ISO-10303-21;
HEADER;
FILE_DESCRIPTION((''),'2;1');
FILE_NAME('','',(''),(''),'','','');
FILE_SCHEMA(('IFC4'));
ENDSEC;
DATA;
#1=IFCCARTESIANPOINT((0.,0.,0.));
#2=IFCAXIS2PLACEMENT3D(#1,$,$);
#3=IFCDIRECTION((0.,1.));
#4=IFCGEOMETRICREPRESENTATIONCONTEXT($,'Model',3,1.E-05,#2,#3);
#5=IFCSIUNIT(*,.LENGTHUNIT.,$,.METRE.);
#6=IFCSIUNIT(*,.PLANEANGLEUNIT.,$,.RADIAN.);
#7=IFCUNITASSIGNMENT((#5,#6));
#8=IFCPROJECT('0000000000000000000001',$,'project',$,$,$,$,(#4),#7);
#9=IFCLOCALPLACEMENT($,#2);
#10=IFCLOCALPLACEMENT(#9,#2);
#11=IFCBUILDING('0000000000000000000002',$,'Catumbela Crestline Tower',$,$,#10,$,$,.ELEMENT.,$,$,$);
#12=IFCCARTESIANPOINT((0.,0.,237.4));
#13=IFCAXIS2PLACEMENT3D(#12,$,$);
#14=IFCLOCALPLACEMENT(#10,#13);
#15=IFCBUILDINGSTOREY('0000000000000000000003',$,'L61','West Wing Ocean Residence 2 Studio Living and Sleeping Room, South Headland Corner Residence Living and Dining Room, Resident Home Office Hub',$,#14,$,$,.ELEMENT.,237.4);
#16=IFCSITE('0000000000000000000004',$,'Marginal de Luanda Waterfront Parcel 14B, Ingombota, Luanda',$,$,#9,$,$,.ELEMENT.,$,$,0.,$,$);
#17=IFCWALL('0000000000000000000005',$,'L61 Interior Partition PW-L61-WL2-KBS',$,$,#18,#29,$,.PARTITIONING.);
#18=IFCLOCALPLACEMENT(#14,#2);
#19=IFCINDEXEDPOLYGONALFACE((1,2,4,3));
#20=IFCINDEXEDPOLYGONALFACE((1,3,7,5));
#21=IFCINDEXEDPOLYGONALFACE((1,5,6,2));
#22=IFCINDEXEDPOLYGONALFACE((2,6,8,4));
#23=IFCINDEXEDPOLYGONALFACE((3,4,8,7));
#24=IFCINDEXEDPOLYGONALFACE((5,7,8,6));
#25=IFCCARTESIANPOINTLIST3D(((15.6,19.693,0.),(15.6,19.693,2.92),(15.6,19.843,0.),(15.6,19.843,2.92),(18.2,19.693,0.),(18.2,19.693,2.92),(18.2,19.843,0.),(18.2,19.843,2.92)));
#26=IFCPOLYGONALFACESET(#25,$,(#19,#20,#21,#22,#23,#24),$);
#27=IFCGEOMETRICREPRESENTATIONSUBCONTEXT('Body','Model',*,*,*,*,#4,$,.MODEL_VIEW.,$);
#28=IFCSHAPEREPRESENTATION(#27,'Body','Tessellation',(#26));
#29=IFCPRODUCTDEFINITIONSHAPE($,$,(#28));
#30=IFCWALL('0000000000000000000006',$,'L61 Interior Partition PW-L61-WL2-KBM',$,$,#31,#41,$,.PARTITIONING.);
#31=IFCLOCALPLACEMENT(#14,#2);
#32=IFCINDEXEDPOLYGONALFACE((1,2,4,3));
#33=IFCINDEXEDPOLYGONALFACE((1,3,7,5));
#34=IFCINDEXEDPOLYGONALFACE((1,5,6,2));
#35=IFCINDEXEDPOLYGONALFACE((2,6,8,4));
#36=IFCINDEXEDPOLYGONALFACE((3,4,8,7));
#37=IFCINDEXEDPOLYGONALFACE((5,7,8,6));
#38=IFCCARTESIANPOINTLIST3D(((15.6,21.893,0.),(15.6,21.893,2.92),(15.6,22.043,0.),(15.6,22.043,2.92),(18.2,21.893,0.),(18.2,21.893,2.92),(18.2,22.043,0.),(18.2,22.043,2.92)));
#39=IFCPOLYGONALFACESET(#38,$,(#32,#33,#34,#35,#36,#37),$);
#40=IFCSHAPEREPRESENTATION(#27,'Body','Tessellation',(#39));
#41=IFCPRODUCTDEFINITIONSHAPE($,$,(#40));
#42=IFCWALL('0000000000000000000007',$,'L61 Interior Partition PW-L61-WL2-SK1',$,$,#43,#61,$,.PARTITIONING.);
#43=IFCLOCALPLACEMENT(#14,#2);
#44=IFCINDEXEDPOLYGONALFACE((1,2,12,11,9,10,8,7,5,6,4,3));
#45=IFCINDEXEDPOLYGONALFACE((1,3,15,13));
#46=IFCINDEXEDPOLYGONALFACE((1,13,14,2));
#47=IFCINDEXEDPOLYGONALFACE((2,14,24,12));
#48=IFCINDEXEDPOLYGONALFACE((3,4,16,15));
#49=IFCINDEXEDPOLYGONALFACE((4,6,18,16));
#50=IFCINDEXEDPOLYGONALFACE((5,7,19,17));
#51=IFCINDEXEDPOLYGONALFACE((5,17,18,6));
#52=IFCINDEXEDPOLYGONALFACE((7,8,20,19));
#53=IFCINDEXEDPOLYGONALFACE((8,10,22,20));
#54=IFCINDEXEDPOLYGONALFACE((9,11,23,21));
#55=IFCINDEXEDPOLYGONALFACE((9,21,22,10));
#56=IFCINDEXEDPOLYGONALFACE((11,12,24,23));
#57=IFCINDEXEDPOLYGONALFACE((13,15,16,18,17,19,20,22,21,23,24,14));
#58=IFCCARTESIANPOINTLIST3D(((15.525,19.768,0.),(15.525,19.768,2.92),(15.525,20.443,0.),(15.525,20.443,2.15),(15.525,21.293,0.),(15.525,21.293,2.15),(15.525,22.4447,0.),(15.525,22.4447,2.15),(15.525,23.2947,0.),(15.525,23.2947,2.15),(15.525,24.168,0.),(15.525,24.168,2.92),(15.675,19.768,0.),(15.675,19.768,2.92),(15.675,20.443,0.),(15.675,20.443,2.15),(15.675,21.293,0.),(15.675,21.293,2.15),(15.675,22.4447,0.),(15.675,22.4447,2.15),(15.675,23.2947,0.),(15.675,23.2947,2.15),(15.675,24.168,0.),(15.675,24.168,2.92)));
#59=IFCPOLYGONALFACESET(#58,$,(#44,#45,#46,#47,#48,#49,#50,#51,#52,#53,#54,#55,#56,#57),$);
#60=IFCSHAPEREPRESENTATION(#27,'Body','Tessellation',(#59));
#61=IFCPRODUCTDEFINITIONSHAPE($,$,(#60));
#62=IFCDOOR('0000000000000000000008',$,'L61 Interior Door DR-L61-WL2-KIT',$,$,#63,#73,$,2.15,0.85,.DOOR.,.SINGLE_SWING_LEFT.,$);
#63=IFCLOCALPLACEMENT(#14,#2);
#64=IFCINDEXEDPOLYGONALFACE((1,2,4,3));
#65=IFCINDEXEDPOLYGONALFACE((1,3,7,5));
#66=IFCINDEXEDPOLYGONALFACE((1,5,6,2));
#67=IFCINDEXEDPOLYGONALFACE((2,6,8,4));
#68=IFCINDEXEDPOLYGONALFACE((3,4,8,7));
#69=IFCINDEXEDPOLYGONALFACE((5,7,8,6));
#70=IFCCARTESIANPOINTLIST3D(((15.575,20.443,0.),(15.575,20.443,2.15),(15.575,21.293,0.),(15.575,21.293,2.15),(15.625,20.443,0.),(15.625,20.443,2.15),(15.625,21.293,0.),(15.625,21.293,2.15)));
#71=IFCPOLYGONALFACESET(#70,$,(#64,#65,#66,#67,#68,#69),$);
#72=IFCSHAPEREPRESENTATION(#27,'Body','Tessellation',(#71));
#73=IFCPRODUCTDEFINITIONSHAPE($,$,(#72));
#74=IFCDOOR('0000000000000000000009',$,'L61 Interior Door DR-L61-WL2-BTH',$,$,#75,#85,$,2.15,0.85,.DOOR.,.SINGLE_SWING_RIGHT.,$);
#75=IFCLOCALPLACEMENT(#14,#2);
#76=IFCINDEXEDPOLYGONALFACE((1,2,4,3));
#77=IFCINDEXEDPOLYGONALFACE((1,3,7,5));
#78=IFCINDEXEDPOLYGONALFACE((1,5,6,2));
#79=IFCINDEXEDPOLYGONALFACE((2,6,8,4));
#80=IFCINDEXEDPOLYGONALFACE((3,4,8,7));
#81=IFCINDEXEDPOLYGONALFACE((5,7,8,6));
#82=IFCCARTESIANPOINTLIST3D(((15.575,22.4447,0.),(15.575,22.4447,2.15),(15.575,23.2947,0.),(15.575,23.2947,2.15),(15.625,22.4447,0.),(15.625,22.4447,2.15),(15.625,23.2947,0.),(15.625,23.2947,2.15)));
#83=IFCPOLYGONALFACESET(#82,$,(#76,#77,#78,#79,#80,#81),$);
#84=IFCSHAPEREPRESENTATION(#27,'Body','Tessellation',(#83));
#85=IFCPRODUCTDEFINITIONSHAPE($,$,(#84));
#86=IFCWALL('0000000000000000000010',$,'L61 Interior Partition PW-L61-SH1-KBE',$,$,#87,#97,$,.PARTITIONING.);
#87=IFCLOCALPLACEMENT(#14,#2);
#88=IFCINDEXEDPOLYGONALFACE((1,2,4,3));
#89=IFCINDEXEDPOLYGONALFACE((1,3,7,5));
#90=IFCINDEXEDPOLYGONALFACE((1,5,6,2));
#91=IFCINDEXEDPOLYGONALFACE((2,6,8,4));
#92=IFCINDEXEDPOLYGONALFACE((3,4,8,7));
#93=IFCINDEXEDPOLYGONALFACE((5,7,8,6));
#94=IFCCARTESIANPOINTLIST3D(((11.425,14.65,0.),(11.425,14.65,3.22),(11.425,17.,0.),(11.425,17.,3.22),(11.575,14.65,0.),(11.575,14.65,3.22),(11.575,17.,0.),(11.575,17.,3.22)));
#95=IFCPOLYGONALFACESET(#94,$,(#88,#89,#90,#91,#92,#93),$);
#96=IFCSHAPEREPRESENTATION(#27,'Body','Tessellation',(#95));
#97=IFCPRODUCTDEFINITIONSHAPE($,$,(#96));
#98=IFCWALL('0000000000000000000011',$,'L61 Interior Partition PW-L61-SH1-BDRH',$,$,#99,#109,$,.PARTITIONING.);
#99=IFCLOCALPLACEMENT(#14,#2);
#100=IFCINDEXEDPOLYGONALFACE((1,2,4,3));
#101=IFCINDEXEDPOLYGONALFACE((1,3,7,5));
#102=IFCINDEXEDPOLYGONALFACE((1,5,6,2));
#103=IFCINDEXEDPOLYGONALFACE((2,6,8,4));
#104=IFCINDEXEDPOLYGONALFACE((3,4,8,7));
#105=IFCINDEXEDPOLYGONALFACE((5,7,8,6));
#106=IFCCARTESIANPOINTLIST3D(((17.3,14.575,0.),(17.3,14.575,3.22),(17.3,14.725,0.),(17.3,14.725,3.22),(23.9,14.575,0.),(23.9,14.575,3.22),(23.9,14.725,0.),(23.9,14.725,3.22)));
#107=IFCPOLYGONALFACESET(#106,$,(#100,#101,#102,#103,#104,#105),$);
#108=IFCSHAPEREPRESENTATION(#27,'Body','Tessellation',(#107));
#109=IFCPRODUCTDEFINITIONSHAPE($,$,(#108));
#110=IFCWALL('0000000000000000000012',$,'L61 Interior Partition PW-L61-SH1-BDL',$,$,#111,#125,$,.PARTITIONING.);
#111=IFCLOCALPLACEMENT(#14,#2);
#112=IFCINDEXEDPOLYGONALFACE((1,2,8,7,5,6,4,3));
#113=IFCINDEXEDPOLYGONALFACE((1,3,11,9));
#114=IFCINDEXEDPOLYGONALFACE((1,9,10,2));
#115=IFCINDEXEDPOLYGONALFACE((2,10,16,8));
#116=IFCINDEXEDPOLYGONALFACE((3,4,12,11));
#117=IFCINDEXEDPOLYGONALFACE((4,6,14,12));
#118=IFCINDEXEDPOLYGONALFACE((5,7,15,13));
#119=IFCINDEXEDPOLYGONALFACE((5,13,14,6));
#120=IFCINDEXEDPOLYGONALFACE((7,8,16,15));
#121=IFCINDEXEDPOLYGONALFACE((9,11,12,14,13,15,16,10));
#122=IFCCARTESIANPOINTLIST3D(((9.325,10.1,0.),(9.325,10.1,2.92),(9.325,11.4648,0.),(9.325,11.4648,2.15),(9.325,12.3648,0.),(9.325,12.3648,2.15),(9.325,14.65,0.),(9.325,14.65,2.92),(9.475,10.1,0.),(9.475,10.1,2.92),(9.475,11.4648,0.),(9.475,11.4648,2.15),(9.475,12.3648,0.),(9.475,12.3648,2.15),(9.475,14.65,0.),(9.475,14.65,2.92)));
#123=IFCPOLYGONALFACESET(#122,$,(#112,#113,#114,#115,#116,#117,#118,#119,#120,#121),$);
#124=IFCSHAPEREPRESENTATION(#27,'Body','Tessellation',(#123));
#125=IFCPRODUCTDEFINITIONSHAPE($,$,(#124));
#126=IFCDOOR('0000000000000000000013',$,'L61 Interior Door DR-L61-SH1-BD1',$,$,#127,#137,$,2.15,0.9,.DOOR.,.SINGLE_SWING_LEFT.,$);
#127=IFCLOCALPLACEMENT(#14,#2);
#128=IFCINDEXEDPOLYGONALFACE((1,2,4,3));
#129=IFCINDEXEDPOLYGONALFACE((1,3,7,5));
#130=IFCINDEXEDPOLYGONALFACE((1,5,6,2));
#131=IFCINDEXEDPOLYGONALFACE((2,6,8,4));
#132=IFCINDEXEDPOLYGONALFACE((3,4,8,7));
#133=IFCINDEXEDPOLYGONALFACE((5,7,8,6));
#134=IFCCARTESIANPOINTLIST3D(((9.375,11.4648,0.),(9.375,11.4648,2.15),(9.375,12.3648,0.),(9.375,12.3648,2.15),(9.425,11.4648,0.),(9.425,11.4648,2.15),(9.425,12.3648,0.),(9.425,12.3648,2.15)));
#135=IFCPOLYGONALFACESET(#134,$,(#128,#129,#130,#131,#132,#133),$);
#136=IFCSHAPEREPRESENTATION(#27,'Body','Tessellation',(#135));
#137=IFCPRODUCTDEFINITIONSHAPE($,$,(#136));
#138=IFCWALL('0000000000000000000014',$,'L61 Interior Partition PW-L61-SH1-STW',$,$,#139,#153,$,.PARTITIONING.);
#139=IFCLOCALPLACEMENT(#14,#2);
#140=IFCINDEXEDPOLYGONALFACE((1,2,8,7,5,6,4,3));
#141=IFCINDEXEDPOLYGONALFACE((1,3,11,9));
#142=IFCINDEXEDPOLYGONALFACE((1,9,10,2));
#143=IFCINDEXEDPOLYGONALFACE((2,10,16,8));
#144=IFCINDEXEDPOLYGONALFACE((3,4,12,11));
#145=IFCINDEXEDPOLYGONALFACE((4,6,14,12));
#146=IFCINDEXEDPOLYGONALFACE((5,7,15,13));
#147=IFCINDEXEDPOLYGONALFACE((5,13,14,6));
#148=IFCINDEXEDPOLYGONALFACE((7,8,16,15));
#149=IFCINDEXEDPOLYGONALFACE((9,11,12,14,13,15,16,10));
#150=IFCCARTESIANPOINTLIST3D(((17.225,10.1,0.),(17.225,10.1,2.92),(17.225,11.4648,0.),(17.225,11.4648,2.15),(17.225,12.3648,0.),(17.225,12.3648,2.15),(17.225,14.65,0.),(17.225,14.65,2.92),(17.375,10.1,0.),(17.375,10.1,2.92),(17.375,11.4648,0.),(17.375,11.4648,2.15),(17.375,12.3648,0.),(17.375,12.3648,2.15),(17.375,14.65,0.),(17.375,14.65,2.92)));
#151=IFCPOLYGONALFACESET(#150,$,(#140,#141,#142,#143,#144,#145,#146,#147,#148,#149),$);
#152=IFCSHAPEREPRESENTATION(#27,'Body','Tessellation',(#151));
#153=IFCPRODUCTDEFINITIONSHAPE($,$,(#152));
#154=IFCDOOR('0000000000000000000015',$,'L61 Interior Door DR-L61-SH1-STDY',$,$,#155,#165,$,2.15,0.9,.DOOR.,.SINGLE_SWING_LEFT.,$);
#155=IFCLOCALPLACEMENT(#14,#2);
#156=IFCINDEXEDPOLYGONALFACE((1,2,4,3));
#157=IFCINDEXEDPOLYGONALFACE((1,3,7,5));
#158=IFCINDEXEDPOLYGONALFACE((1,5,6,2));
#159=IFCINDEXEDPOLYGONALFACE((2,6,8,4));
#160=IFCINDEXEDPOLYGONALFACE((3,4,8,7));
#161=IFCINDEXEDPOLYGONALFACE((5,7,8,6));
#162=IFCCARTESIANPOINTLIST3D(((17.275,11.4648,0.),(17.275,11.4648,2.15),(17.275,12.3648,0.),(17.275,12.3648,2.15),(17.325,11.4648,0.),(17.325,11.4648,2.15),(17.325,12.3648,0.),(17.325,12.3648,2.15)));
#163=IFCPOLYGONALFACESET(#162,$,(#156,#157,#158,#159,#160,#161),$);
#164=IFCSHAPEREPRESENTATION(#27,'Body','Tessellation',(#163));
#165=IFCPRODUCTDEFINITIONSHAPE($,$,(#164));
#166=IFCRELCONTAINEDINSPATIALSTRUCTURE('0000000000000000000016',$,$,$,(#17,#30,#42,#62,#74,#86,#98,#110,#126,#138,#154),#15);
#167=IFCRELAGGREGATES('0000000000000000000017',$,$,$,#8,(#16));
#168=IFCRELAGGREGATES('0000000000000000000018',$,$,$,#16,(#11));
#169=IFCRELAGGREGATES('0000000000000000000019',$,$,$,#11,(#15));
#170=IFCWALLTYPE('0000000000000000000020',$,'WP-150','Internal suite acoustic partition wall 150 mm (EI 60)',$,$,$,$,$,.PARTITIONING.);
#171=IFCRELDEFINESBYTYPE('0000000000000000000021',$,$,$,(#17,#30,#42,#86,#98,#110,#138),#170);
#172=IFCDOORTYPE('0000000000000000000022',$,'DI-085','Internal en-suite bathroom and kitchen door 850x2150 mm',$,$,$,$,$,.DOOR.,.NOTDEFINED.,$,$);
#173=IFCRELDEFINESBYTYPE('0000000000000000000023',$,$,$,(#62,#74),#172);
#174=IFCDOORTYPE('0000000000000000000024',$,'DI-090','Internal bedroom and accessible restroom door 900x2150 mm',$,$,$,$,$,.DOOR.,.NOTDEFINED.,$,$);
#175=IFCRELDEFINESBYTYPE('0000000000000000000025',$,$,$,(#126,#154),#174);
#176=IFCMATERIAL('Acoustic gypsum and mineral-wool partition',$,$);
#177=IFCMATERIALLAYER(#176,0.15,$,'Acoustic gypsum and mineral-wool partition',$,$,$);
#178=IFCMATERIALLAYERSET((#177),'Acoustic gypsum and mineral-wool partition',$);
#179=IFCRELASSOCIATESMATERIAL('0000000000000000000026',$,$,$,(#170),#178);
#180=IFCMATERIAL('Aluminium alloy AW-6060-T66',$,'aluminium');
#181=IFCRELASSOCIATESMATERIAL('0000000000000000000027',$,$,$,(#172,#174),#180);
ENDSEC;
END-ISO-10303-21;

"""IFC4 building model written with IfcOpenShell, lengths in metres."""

from ifc_helpers import new_model, si_unit, direction, frame, frame_2d, origin, place, context, subcontext, project, spatial, rectangle, extrude, material, layer, layer_set, type_object, element, fill, save


model = new_model("IFC4")

# Units and contexts
model_context = context("Model", 3, precision=1e-05, world=origin(), true_north=direction((0.0, 1.0)))
body_context = subcontext(model_context, "Body", "Model", "MODEL_VIEW")
ifc_project = project(units=[si_unit("LENGTHUNIT", "METRE"), si_unit("PLANEANGLEUNIT", "RADIAN")], contexts=[model_context])

# Site, building, storey
site_placement = place(None, origin())
site = spatial("IfcSite", under=ifc_project, at=site_placement, Name="Marginal de Luanda Waterfront Parcel 14B, Ingombota, Luanda", CompositionType="ELEMENT", RefElevation=0.0)
building_placement = place(site_placement, origin())
building = spatial("IfcBuilding", under=site, at=building_placement, Name="Catumbela Crestline Tower", CompositionType="ELEMENT")
storey_placement = place(building_placement, frame((0.0, 0.0, 237.4)))
storey = spatial("IfcBuildingStorey", under=building, at=storey_placement, Name="L61", Description="West Wing Ocean Residence 2 Studio Living and Sleeping Room, South Headland Corner Residence Living and Dining Room, Resident Home Office Hub", CompositionType="ELEMENT", Elevation=237.4)

# Walls
ifc_material_1 = material(Name="Acoustic gypsum and mineral-wool partition")
ifc_layer = layer(ifc_material_1, 0.15, Name="Acoustic gypsum and mineral-wool partition")
ifc_layer_set = layer_set([ifc_layer], Name="Acoustic gypsum and mineral-wool partition")
wall_type = type_object("IfcWallType", Name="WP-150", Description="Internal suite acoustic partition wall 150 mm (EI 60)", PredefinedType="PARTITIONING", material=ifc_layer_set)
for number, where, z_axis, x_axis, name in (
    (1, (15.6, 19.768, 0.0), (0.0, 0.0, 1.0), (1.0, 0.0, 0.0), "L61 Interior Partition PW-L61-WL2-KBS"),
    (2, (15.6, 21.968, 0.0), (0.0, 0.0, 1.0), (1.0, 0.0, 0.0), "L61 Interior Partition PW-L61-WL2-KBM"),
):
    element("IfcWall", number, at=place(storey_placement, frame(where, z_axis=z_axis, x_axis=x_axis)), inside=storey, type_object=wall_type, Name=name, PredefinedType="PARTITIONING", context=body_context, shape_type="SweptSolid", body=[
        extrude(rectangle(XDim=2.6, YDim=0.15, at=frame_2d((1.3, 0.0))), origin(), (0.0, 0.0, 1.0), 2.92),
    ])

# Wall, openings, doors
wall_1_placement = place(storey_placement, frame((15.6, 19.768, 0.0), z_axis=(0.0, 0.0, 1.0), x_axis=(0.0, 1.0, 0.0)))
wall_1 = element("IfcWall", 3, at=wall_1_placement, inside=storey, type_object=wall_type, Name="L61 Interior Partition PW-L61-WL2-SK1", PredefinedType="PARTITIONING", context=body_context, shape_type="SweptSolid", body=[
    extrude(rectangle(XDim=4.4, YDim=0.15, at=frame_2d((2.2, 0.0))), origin(), (0.0, 0.0, 1.0), 2.92),
])
opening_1_placement = place(wall_1_placement, frame((0.675, 0.0, 0.0)))
opening_1 = element("IfcOpeningElement", 4, at=opening_1_placement, cuts=wall_1, PredefinedType="OPENING", context=body_context, shape_type="SweptSolid", body=[
    extrude(rectangle(XDim=0.85, YDim=2.15, at=frame_2d((0.425, 1.075))), frame((0.0, 0.085, 0.0), z_axis=(0.0, -1.0, 0.0), x_axis=(1.0, 0.0, 0.0)), (0.0, 0.0, 1.0), 0.17),
])
opening_2_placement = place(wall_1_placement, frame((2.6767, 0.0, 0.0)))
opening_2 = element("IfcOpeningElement", 5, at=opening_2_placement, cuts=wall_1, PredefinedType="OPENING", context=body_context, shape_type="SweptSolid", body=[
    extrude(rectangle(XDim=0.85, YDim=2.15, at=frame_2d((0.425, 1.075))), frame((0.0, 0.085, 0.0), z_axis=(0.0, -1.0, 0.0), x_axis=(1.0, 0.0, 0.0)), (0.0, 0.0, 1.0), 0.17),
])
ifc_material_2 = material(Name="Aluminium alloy AW-6060-T66", Category="aluminium")
door_type_1 = type_object("IfcDoorType", Name="DI-085", Description="Internal en-suite bathroom and kitchen door 850x2150 mm", OperationType="NOTDEFINED", PredefinedType="DOOR", material=ifc_material_2)
door_1_placement = place(opening_1_placement, origin())
door_1 = element("IfcDoor", 6, at=door_1_placement, inside=storey, type_object=door_type_1, Name="L61 Interior Door DR-L61-WL2-KIT", OperationType="SINGLE_SWING_LEFT", OverallHeight=2.15, OverallWidth=0.85, PredefinedType="DOOR", context=body_context, shape_type="SweptSolid", body=[
    extrude(rectangle(XDim=0.85, YDim=2.15, at=frame_2d((0.425, 1.075))), frame((0.0, 0.025, 0.0), z_axis=(0.0, -1.0, 0.0), x_axis=(1.0, 0.0, 0.0)), (0.0, 0.0, 1.0), 0.05),
])
fill(opening_1, door_1)
door_2_placement = place(opening_2_placement, origin())
door_2 = element("IfcDoor", 7, at=door_2_placement, inside=storey, type_object=door_type_1, Name="L61 Interior Door DR-L61-WL2-BTH", OperationType="SINGLE_SWING_RIGHT", OverallHeight=2.15, OverallWidth=0.85, PredefinedType="DOOR", context=body_context, shape_type="SweptSolid", body=[
    extrude(rectangle(XDim=0.85, YDim=2.15, at=frame_2d((0.425, 1.075))), frame((0.0, 0.025, 0.0), z_axis=(0.0, -1.0, 0.0), x_axis=(1.0, 0.0, 0.0)), (0.0, 0.0, 1.0), 0.05),
])
fill(opening_2, door_2)

# Walls
wall_2_placement = place(storey_placement, frame((11.5, 14.65, 0.0), z_axis=(0.0, 0.0, 1.0), x_axis=(0.0, 1.0, 0.0)))
element("IfcWall", 8, at=wall_2_placement, inside=storey, type_object=wall_type, Name="L61 Interior Partition PW-L61-SH1-KBE", PredefinedType="PARTITIONING", context=body_context, shape_type="SweptSolid", body=[
    extrude(rectangle(XDim=2.35, YDim=0.15, at=frame_2d((1.175, 0.0))), origin(), (0.0, 0.0, 1.0), 3.22),
])
wall_3_placement = place(storey_placement, frame((17.3, 14.65, 0.0), z_axis=(0.0, 0.0, 1.0), x_axis=(1.0, 0.0, 0.0)))
element("IfcWall", 9, at=wall_3_placement, inside=storey, type_object=wall_type, Name="L61 Interior Partition PW-L61-SH1-BDRH", PredefinedType="PARTITIONING", context=body_context, shape_type="SweptSolid", body=[
    extrude(rectangle(XDim=6.6, YDim=0.15, at=frame_2d((3.3, 0.0))), origin(), (0.0, 0.0, 1.0), 3.22),
])

# Walls, openings, doors
wall_4_placement = place(storey_placement, frame((9.4, 10.1, 0.0), z_axis=(0.0, 0.0, 1.0), x_axis=(0.0, 1.0, 0.0)))
wall_4 = element("IfcWall", 10, at=wall_4_placement, inside=storey, type_object=wall_type, Name="L61 Interior Partition PW-L61-SH1-BDL", PredefinedType="PARTITIONING", context=body_context, shape_type="SweptSolid", body=[
    extrude(rectangle(XDim=4.55, YDim=0.15, at=frame_2d((2.275, 0.0))), origin(), (0.0, 0.0, 1.0), 2.92),
])
opening_3_placement = place(wall_4_placement, frame((1.3648, 0.0, 0.0)))
opening_3 = element("IfcOpeningElement", 11, at=opening_3_placement, cuts=wall_4, PredefinedType="OPENING", context=body_context, shape_type="SweptSolid", body=[
    extrude(rectangle(XDim=0.9, YDim=2.15, at=frame_2d((0.45, 1.075))), frame((0.0, 0.085, 0.0), z_axis=(0.0, -1.0, 0.0), x_axis=(1.0, 0.0, 0.0)), (0.0, 0.0, 1.0), 0.17),
])
door_type_2 = type_object("IfcDoorType", Name="DI-090", Description="Internal bedroom and accessible restroom door 900x2150 mm", OperationType="NOTDEFINED", PredefinedType="DOOR", material=ifc_material_2)
door_3_placement = place(opening_3_placement, origin())
door_3 = element("IfcDoor", 12, at=door_3_placement, inside=storey, type_object=door_type_2, Name="L61 Interior Door DR-L61-SH1-BD1", OperationType="SINGLE_SWING_LEFT", OverallHeight=2.15, OverallWidth=0.9, PredefinedType="DOOR", context=body_context, shape_type="SweptSolid", body=[
    extrude(rectangle(XDim=0.9, YDim=2.15, at=frame_2d((0.45, 1.075))), frame((0.0, 0.025, 0.0), z_axis=(0.0, -1.0, 0.0), x_axis=(1.0, 0.0, 0.0)), (0.0, 0.0, 1.0), 0.05),
])
fill(opening_3, door_3)
wall_5_placement = place(storey_placement, frame((17.3, 10.1, 0.0), z_axis=(0.0, 0.0, 1.0), x_axis=(0.0, 1.0, 0.0)))
wall_5 = element("IfcWall", 13, at=wall_5_placement, inside=storey, type_object=wall_type, Name="L61 Interior Partition PW-L61-SH1-STW", PredefinedType="PARTITIONING", context=body_context, shape_type="SweptSolid", body=[
    extrude(rectangle(XDim=4.55, YDim=0.15, at=frame_2d((2.275, 0.0))), origin(), (0.0, 0.0, 1.0), 2.92),
])
opening_4_placement = place(wall_5_placement, frame((1.3648, 0.0, 0.0)))
opening_4 = element("IfcOpeningElement", 14, at=opening_4_placement, cuts=wall_5, PredefinedType="OPENING", context=body_context, shape_type="SweptSolid", body=[
    extrude(rectangle(XDim=0.9, YDim=2.15, at=frame_2d((0.45, 1.075))), frame((0.0, 0.085, 0.0), z_axis=(0.0, -1.0, 0.0), x_axis=(1.0, 0.0, 0.0)), (0.0, 0.0, 1.0), 0.17),
])
door_4_placement = place(opening_4_placement, origin())
door_4 = element("IfcDoor", 15, at=door_4_placement, inside=storey, type_object=door_type_2, Name="L61 Interior Door DR-L61-SH1-STDY", OperationType="SINGLE_SWING_LEFT", OverallHeight=2.15, OverallWidth=0.9, PredefinedType="DOOR", context=body_context, shape_type="SweptSolid", body=[
    extrude(rectangle(XDim=0.9, YDim=2.15, at=frame_2d((0.45, 1.075))), frame((0.0, 0.025, 0.0), z_axis=(0.0, -1.0, 0.0), x_axis=(1.0, 0.0, 0.0)), (0.0, 0.0, 1.0), 0.05),
])
fill(opening_4, door_4)

save(model, "model.ifc")
